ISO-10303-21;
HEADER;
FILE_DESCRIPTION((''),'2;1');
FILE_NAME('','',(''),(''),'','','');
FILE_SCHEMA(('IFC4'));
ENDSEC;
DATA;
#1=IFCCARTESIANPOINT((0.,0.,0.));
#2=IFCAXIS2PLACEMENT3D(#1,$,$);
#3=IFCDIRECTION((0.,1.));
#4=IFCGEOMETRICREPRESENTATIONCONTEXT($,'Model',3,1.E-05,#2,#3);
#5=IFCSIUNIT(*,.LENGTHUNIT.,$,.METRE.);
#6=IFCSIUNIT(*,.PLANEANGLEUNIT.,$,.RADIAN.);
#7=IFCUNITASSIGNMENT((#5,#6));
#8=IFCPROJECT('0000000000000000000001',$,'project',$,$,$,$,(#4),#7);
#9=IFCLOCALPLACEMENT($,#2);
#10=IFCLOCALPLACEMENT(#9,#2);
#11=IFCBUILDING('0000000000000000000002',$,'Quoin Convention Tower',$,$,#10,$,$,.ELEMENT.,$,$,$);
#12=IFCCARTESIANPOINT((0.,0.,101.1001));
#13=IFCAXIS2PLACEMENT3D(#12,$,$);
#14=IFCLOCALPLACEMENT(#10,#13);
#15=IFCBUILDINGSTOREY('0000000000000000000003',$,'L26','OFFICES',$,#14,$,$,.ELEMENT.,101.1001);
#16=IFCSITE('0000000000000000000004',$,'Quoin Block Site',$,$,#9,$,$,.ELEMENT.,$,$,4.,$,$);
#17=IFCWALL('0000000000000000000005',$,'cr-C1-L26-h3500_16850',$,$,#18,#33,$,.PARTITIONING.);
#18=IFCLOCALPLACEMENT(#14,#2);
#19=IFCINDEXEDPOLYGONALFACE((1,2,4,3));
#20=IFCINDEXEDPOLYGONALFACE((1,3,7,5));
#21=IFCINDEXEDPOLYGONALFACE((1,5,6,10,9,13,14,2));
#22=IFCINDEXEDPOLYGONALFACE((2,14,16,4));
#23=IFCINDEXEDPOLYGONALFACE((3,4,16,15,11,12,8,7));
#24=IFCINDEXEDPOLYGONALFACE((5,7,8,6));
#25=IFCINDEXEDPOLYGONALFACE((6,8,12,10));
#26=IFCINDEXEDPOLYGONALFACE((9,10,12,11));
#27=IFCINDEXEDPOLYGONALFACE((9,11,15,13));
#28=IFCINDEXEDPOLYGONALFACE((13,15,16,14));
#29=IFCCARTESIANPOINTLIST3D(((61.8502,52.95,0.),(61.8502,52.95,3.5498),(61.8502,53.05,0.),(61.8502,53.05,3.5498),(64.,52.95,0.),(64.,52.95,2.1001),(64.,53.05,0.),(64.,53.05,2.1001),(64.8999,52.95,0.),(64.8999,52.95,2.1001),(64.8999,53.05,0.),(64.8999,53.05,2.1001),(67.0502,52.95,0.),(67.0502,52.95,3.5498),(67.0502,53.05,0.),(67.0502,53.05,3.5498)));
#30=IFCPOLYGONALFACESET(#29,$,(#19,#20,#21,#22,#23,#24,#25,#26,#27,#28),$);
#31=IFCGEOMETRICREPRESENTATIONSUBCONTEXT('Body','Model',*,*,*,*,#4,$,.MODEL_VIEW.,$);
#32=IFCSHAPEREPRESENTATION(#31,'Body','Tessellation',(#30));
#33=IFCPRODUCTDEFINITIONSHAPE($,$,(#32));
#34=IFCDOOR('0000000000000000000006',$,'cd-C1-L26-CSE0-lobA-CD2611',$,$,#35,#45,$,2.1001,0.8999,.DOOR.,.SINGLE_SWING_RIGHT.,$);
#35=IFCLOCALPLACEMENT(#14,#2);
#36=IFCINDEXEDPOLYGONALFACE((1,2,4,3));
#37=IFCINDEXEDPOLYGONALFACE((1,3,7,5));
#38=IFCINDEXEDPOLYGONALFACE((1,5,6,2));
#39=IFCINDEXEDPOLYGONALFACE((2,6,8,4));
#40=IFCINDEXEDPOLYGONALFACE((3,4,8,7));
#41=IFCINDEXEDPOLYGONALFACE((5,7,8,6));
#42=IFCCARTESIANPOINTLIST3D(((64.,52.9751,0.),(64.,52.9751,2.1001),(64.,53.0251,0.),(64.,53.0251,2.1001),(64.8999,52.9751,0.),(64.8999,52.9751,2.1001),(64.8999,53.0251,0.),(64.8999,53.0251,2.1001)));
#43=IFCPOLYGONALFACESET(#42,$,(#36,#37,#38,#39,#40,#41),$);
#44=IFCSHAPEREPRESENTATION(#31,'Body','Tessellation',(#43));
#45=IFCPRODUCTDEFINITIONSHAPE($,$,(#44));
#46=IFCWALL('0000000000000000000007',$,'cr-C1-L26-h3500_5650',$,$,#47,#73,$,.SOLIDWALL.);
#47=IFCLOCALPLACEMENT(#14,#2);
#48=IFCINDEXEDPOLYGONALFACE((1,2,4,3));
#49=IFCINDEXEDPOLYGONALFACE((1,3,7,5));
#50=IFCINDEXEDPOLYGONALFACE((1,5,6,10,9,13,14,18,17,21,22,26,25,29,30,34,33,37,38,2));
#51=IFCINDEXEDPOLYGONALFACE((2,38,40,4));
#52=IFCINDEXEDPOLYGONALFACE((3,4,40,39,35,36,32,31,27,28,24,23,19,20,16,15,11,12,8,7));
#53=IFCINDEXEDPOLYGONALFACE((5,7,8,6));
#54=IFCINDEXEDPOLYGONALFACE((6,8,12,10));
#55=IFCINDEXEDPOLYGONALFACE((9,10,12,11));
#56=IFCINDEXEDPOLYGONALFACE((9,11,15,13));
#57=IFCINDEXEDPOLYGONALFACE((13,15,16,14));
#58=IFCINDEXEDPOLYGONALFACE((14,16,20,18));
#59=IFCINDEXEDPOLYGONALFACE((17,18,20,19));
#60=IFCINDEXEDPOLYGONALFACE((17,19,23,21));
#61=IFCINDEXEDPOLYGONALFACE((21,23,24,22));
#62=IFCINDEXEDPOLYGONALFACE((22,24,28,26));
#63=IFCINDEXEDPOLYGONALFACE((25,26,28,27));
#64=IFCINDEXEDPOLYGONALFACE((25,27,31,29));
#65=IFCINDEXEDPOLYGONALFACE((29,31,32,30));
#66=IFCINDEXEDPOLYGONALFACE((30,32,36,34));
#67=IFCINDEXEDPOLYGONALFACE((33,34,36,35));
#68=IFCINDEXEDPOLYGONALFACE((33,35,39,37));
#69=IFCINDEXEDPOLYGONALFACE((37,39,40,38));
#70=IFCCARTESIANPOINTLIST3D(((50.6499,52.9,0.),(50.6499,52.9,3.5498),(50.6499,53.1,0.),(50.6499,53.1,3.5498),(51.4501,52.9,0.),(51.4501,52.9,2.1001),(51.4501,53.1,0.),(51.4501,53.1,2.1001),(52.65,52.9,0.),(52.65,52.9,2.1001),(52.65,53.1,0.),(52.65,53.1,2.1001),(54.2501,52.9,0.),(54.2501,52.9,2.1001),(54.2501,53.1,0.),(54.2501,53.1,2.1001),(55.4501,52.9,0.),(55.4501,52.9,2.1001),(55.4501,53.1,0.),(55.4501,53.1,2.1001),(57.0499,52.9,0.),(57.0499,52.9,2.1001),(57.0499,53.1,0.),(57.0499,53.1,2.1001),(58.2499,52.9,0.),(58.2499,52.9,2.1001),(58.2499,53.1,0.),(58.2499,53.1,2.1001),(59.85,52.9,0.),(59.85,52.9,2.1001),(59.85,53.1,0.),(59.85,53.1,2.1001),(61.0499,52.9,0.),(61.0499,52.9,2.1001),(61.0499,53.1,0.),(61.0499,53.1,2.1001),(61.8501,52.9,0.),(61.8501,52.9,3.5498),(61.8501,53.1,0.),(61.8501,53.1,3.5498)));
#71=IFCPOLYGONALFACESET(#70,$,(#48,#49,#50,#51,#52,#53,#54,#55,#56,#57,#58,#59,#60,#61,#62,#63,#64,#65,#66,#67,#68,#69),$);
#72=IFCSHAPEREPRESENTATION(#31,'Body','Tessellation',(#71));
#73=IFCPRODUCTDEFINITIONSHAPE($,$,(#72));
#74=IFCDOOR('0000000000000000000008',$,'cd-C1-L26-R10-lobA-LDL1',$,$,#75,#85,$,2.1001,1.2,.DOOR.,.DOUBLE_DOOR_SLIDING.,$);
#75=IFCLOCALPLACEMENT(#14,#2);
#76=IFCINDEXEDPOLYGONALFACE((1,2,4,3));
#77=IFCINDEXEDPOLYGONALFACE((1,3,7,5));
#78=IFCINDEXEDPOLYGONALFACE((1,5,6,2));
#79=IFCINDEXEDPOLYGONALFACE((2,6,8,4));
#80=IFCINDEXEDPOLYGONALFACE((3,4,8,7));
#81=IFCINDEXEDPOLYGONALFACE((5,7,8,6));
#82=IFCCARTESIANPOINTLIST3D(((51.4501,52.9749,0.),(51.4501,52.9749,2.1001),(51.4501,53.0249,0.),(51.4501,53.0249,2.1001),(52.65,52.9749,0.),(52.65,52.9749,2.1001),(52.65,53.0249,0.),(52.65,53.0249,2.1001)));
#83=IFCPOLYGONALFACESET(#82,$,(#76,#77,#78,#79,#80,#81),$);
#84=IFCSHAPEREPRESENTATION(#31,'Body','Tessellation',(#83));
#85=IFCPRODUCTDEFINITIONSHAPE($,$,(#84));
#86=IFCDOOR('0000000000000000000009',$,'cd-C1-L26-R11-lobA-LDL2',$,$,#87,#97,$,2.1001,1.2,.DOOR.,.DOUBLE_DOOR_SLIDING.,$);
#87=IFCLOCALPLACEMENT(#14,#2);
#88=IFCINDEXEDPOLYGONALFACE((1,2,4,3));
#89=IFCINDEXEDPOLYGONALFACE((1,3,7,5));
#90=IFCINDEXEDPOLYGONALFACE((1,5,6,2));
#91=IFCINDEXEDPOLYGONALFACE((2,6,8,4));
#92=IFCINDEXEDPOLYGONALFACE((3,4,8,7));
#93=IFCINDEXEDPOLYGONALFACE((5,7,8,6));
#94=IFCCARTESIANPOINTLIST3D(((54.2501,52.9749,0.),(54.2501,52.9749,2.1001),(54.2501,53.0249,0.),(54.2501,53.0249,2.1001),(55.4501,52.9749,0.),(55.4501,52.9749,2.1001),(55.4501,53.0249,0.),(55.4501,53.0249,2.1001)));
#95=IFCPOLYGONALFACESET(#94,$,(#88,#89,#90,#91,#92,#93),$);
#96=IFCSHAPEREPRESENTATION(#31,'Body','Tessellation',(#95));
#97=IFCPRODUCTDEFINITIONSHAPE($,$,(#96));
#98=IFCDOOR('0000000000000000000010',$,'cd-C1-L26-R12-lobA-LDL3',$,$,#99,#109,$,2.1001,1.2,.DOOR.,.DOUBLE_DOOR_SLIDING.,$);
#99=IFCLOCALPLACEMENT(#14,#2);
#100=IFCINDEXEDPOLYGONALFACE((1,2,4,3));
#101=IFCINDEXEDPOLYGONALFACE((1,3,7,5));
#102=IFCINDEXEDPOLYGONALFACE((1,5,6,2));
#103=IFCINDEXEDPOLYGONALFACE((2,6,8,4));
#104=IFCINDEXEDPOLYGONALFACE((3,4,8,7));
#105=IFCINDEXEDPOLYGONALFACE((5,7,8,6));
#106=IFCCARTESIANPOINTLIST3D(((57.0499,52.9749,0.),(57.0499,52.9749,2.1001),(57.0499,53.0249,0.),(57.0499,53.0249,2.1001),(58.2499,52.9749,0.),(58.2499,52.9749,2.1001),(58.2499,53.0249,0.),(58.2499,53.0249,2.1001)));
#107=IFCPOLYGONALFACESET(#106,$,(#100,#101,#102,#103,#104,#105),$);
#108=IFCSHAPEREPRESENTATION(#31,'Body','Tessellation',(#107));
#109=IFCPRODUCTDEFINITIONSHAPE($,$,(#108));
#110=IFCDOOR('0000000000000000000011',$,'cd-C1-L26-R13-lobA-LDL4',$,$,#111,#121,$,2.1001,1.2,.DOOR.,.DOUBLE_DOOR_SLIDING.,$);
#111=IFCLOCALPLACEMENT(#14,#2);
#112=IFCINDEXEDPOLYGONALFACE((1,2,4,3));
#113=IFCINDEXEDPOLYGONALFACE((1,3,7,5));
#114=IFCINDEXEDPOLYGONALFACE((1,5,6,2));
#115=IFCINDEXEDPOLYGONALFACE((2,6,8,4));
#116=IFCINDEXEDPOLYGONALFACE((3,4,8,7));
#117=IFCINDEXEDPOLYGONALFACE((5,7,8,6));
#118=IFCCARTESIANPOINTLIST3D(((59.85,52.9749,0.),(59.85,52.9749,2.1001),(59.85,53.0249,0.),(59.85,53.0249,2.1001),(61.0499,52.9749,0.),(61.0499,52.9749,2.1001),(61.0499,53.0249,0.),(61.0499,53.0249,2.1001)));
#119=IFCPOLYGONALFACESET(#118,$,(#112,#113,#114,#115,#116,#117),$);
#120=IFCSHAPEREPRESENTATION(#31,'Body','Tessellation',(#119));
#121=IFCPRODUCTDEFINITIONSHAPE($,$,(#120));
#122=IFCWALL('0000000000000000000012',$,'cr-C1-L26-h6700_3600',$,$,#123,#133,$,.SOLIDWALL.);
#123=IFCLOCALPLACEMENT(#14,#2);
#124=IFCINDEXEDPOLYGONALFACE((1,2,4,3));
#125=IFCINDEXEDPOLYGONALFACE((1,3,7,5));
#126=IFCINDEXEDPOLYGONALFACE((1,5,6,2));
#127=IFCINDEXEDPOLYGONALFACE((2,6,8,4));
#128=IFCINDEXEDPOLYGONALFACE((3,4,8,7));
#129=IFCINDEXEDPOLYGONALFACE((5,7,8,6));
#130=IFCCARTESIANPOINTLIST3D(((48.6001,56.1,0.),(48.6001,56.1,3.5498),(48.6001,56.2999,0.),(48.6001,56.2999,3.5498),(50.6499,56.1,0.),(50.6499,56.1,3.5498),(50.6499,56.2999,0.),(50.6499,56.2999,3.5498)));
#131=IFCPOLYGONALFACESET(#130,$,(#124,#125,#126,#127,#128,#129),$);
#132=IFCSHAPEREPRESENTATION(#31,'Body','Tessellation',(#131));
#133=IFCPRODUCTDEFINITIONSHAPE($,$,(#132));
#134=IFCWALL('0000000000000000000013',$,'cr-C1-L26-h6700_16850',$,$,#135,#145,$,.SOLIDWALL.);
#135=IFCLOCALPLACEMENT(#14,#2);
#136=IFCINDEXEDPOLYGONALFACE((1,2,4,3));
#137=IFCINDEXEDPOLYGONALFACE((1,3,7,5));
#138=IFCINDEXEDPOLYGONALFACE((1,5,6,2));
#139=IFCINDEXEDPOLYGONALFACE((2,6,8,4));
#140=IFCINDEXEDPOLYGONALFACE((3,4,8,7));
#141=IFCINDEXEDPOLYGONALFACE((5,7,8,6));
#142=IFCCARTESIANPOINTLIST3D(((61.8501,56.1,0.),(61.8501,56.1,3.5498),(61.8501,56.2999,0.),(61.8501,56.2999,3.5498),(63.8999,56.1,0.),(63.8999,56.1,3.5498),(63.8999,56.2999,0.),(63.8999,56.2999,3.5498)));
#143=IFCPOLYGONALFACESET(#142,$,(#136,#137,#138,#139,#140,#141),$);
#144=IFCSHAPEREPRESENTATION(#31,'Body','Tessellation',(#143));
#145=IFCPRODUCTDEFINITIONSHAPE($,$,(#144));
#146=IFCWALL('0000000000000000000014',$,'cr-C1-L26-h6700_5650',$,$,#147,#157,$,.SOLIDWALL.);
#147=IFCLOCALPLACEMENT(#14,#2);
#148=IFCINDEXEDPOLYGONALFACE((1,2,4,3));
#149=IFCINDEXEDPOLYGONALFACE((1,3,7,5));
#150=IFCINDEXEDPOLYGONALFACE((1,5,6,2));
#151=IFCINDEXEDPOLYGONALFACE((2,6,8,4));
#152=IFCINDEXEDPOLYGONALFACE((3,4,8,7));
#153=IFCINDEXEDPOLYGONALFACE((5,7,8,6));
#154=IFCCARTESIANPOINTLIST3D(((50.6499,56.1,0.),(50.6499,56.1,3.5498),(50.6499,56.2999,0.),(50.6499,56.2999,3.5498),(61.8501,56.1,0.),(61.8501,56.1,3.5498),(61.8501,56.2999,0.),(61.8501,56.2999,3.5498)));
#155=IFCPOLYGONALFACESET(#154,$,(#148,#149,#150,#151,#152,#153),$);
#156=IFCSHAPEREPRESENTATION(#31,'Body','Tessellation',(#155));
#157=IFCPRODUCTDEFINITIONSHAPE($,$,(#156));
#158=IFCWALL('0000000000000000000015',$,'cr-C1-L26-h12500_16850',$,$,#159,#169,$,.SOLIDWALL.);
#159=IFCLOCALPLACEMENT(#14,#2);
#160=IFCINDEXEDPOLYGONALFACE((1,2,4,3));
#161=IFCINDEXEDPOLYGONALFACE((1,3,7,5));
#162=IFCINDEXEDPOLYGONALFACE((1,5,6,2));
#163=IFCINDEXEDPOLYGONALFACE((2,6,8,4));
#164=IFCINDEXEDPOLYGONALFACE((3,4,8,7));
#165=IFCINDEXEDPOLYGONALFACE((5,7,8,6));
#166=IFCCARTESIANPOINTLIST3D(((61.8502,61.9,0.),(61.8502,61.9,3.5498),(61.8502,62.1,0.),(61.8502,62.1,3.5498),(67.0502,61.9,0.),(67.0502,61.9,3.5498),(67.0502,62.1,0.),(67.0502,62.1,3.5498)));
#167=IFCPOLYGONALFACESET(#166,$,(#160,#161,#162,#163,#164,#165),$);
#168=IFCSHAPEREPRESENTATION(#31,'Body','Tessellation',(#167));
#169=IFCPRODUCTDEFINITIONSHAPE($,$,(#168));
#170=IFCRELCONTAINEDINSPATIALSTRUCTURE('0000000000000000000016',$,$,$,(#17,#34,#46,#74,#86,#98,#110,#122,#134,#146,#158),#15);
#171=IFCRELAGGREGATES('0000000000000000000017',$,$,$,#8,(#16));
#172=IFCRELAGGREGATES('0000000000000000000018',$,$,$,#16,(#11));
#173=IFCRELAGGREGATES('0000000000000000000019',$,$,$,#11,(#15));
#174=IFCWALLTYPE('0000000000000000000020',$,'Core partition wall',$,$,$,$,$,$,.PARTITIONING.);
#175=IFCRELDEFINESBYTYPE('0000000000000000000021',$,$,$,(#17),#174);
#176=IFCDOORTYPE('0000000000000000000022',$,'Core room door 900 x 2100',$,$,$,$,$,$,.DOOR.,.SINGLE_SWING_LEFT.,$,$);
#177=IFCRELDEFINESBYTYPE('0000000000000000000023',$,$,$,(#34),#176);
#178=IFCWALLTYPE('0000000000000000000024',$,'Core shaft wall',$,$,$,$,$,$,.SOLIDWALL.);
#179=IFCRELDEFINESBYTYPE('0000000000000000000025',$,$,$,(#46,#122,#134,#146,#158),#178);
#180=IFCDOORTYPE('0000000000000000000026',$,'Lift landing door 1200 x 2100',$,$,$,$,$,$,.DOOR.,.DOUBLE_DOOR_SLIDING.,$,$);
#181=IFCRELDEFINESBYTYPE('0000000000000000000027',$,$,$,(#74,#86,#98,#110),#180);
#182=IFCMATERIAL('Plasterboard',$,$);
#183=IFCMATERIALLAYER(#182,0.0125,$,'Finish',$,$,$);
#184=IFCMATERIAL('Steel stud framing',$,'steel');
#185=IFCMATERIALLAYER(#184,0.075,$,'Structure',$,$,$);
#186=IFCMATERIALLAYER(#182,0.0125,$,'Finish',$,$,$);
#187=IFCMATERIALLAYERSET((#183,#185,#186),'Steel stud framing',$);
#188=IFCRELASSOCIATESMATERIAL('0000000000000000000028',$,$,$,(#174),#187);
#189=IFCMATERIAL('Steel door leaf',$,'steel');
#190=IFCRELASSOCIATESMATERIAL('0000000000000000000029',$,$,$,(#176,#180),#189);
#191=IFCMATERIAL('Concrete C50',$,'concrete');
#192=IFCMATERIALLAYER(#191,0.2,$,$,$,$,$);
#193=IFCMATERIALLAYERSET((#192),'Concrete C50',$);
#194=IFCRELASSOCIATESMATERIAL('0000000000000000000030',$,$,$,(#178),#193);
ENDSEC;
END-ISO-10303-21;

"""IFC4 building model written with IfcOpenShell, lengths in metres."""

from ifc_helpers import new_model, si_unit, direction, frame, frame_2d, origin, place, context, subcontext, project, spatial, rectangle, extrude, material, layer, layer_set, type_object, element, fill, save


model = new_model("IFC4")

# Units and contexts
model_context = context("Model", 3, precision=1e-05, world=origin(), true_north=direction((0.0, 1.0)))
body_context = subcontext(model_context, "Body", "Model", "MODEL_VIEW")
ifc_project = project(units=[si_unit("LENGTHUNIT", "METRE"), si_unit("PLANEANGLEUNIT", "RADIAN")], contexts=[model_context])

# Site, building, storey
site_placement = place(None, origin())
site = spatial("IfcSite", under=ifc_project, at=site_placement, Name="Quoin Block Site", CompositionType="ELEMENT", RefElevation=4.0)
building_placement = place(site_placement, origin())
building = spatial("IfcBuilding", under=site, at=building_placement, Name="Quoin Convention Tower", CompositionType="ELEMENT")
storey_placement = place(building_placement, frame((0.0, 0.0, 101.1001)))
storey = spatial("IfcBuildingStorey", under=building, at=storey_placement, Name="L26", Description="OFFICES", CompositionType="ELEMENT", Elevation=101.1001)

# Wall, opening, door
ifc_material_1 = material(Name="Plasterboard")
ifc_layer_1 = layer(ifc_material_1, 0.0125, Name="Finish")
ifc_material_2 = material(Name="Steel stud framing", Category="steel")
ifc_layer_2 = layer(ifc_material_2, 0.075, Name="Structure")
ifc_layer_3 = layer(ifc_material_1, 0.0125, Name="Finish")
ifc_layer_set_1 = layer_set([ifc_layer_1, ifc_layer_2, ifc_layer_3], Name="Steel stud framing")
wall_type_1 = type_object("IfcWallType", Name="Core partition wall", PredefinedType="PARTITIONING", material=ifc_layer_set_1)
wall_1_placement = place(storey_placement, frame((61.8501, 53.0, 0.0), z_axis=(0.0, 0.0, 1.0), x_axis=(1.0, 0.0, 0.0)))
wall_1 = element("IfcWall", 1, at=wall_1_placement, inside=storey, type_object=wall_type_1, Name="cr-C1-L26-h3500_16850", PredefinedType="PARTITIONING", context=body_context, shape_type="SweptSolid", body=[
    extrude(rectangle(XDim=5.2, YDim=0.1001, at=frame_2d((2.6001, 0.0))), origin(), (0.0, 0.0, 1.0), 3.5498),
])
opening_1_placement = place(wall_1_placement, frame((2.1499, 0.0, 0.0)))
opening_1 = element("IfcOpeningElement", 2, at=opening_1_placement, cuts=wall_1, PredefinedType="OPENING", context=body_context, shape_type="SweptSolid", body=[
    extrude(rectangle(XDim=0.8999, YDim=2.1001, at=frame_2d((0.45, 1.05))), frame((0.0, 0.0601, 0.0), z_axis=(0.0, -1.0, 0.0), x_axis=(1.0, 0.0, 0.0)), (0.0, 0.0, 1.0), 0.1201),
])
ifc_material_3 = material(Name="Steel door leaf", Category="steel")
door_type_1 = type_object("IfcDoorType", Name="Core room door 900 x 2100", OperationType="SINGLE_SWING_LEFT", PredefinedType="DOOR", material=ifc_material_3)
door_1_placement = place(opening_1_placement, frame((0.8999, 0.0, 0.0), z_axis=(0.0, 0.0, 1.0), x_axis=(-1.0, 0.0, 0.0)))
door_1 = element("IfcDoor", 3, at=door_1_placement, inside=storey, type_object=door_type_1, Name="cd-C1-L26-CSE0-lobA-CD2611", OperationType="SINGLE_SWING_RIGHT", OverallHeight=2.1001, OverallWidth=0.8999, PredefinedType="DOOR", context=body_context, shape_type="SweptSolid", body=[
    extrude(rectangle(XDim=0.8999, YDim=2.1001, at=frame_2d((0.45, 1.05))), frame((0.0, 0.0249, 0.0), z_axis=(0.0, -1.0, 0.0), x_axis=(1.0, 0.0, 0.0)), (0.0, 0.0, 1.0), 0.05),
])
fill(opening_1, door_1)

# Wall, openings, doors
ifc_material_4 = material(Name="Concrete C50", Category="concrete")
ifc_layer_4 = layer(ifc_material_4, 0.2)
ifc_layer_set_2 = layer_set([ifc_layer_4], Name="Concrete C50")
wall_type_2 = type_object("IfcWallType", Name="Core shaft wall", PredefinedType="SOLIDWALL", material=ifc_layer_set_2)
wall_2_placement = place(storey_placement, frame((50.6499, 53.0, 0.0), z_axis=(0.0, 0.0, 1.0), x_axis=(1.0, 0.0, 0.0)))
wall_2 = element("IfcWall", 4, at=wall_2_placement, inside=storey, type_object=wall_type_2, Name="cr-C1-L26-h3500_5650", PredefinedType="SOLIDWALL", context=body_context, shape_type="SweptSolid", body=[
    extrude(rectangle(XDim=11.2002, YDim=0.2, at=frame_2d((5.6001, 0.0))), origin(), (0.0, 0.0, 1.0), 3.5498),
])
opening_2_placement = place(wall_2_placement, frame((0.8, 0.0, 0.0)))
opening_2 = element("IfcOpeningElement", 5, at=opening_2_placement, cuts=wall_2, PredefinedType="OPENING", context=body_context, shape_type="SweptSolid", body=[
    extrude(rectangle(XDim=1.2, YDim=2.1001, at=frame_2d((0.6001, 1.05))), frame((0.0, 0.1099, 0.0), z_axis=(0.0, -1.0, 0.0), x_axis=(1.0, 0.0, 0.0)), (0.0, 0.0, 1.0), 0.22),
])
opening_3_placement = place(wall_2_placement, frame((3.6001, 0.0, 0.0)))
opening_3 = element("IfcOpeningElement", 6, at=opening_3_placement, cuts=wall_2, PredefinedType="OPENING", context=body_context, shape_type="SweptSolid", body=[
    extrude(rectangle(XDim=1.2, YDim=2.1001, at=frame_2d((0.6001, 1.05))), frame((0.0, 0.1099, 0.0), z_axis=(0.0, -1.0, 0.0), x_axis=(1.0, 0.0, 0.0)), (0.0, 0.0, 1.0), 0.22),
])
opening_4_placement = place(wall_2_placement, frame((6.3999, 0.0, 0.0)))
opening_4 = element("IfcOpeningElement", 7, at=opening_4_placement, cuts=wall_2, PredefinedType="OPENING", context=body_context, shape_type="SweptSolid", body=[
    extrude(rectangle(XDim=1.2, YDim=2.1001, at=frame_2d((0.6001, 1.05))), frame((0.0, 0.1099, 0.0), z_axis=(0.0, -1.0, 0.0), x_axis=(1.0, 0.0, 0.0)), (0.0, 0.0, 1.0), 0.22),
])
opening_5_placement = place(wall_2_placement, frame((9.2, 0.0, 0.0)))
opening_5 = element("IfcOpeningElement", 8, at=opening_5_placement, cuts=wall_2, PredefinedType="OPENING", context=body_context, shape_type="SweptSolid", body=[
    extrude(rectangle(XDim=1.2, YDim=2.1001, at=frame_2d((0.6001, 1.05))), frame((0.0, 0.1099, 0.0), z_axis=(0.0, -1.0, 0.0), x_axis=(1.0, 0.0, 0.0)), (0.0, 0.0, 1.0), 0.22),
])
door_type_2 = type_object("IfcDoorType", Name="Lift landing door 1200 x 2100", OperationType="DOUBLE_DOOR_SLIDING", PredefinedType="DOOR", material=ifc_material_3)
door_2_placement = place(opening_2_placement, origin())
door_2 = element("IfcDoor", 9, at=door_2_placement, inside=storey, type_object=door_type_2, Name="cd-C1-L26-R10-lobA-LDL1", OperationType="DOUBLE_DOOR_SLIDING", OverallHeight=2.1001, OverallWidth=1.2, PredefinedType="DOOR", context=body_context, shape_type="SweptSolid", body=[
    extrude(rectangle(XDim=1.2, YDim=2.1001, at=frame_2d((0.6001, 1.05))), frame((0.0, 0.0249, 0.0), z_axis=(0.0, -1.0, 0.0), x_axis=(1.0, 0.0, 0.0)), (0.0, 0.0, 1.0), 0.05),
])
fill(opening_2, door_2)
door_3_placement = place(opening_3_placement, origin())
door_3 = element("IfcDoor", 10, at=door_3_placement, inside=storey, type_object=door_type_2, Name="cd-C1-L26-R11-lobA-LDL2", OperationType="DOUBLE_DOOR_SLIDING", OverallHeight=2.1001, OverallWidth=1.2, PredefinedType="DOOR", context=body_context, shape_type="SweptSolid", body=[
    extrude(rectangle(XDim=1.2, YDim=2.1001, at=frame_2d((0.6001, 1.05))), frame((0.0, 0.0249, 0.0), z_axis=(0.0, -1.0, 0.0), x_axis=(1.0, 0.0, 0.0)), (0.0, 0.0, 1.0), 0.05),
])
fill(opening_3, door_3)
door_4_placement = place(opening_4_placement, origin())
door_4 = element("IfcDoor", 11, at=door_4_placement, inside=storey, type_object=door_type_2, Name="cd-C1-L26-R12-lobA-LDL3", OperationType="DOUBLE_DOOR_SLIDING", OverallHeight=2.1001, OverallWidth=1.2, PredefinedType="DOOR", context=body_context, shape_type="SweptSolid", body=[
    extrude(rectangle(XDim=1.2, YDim=2.1001, at=frame_2d((0.6001, 1.05))), frame((0.0, 0.0249, 0.0), z_axis=(0.0, -1.0, 0.0), x_axis=(1.0, 0.0, 0.0)), (0.0, 0.0, 1.0), 0.05),
])
fill(opening_4, door_4)
door_5_placement = place(opening_5_placement, origin())
door_5 = element("IfcDoor", 12, at=door_5_placement, inside=storey, type_object=door_type_2, Name="cd-C1-L26-R13-lobA-LDL4", OperationType="DOUBLE_DOOR_SLIDING", OverallHeight=2.1001, OverallWidth=1.2, PredefinedType="DOOR", context=body_context, shape_type="SweptSolid", body=[
    extrude(rectangle(XDim=1.2, YDim=2.1001, at=frame_2d((0.6001, 1.05))), frame((0.0, 0.0249, 0.0), z_axis=(0.0, -1.0, 0.0), x_axis=(1.0, 0.0, 0.0)), (0.0, 0.0, 1.0), 0.05),
])
fill(opening_5, door_5)

# Walls
for number, where, z_axis, x_axis, name in (
    (13, (48.6001, 56.2, 0.0), (0.0, 0.0, 1.0), (1.0, 0.0, 0.0), "cr-C1-L26-h6700_3600"),
    (14, (61.8501, 56.2, 0.0), (0.0, 0.0, 1.0), (1.0, 0.0, 0.0), "cr-C1-L26-h6700_16850"),
):
    element("IfcWall", number, at=place(storey_placement, frame(where, z_axis=z_axis, x_axis=x_axis)), inside=storey, type_object=wall_type_2, Name=name, PredefinedType="SOLIDWALL", context=body_context, shape_type="SweptSolid", body=[
        extrude(rectangle(XDim=2.0498, YDim=0.2, at=frame_2d((1.0249, 0.0))), origin(), (0.0, 0.0, 1.0), 3.5498),
    ])
wall_3_placement = place(storey_placement, frame((50.6499, 56.2, 0.0), z_axis=(0.0, 0.0, 1.0), x_axis=(1.0, 0.0, 0.0)))
element("IfcWall", 15, at=wall_3_placement, inside=storey, type_object=wall_type_2, Name="cr-C1-L26-h6700_5650", PredefinedType="SOLIDWALL", context=body_context, shape_type="SweptSolid", body=[
    extrude(rectangle(XDim=11.2002, YDim=0.2, at=frame_2d((5.6001, 0.0))), origin(), (0.0, 0.0, 1.0), 3.5498),
])
wall_4_placement = place(storey_placement, frame((61.8501, 62.0, 0.0), z_axis=(0.0, 0.0, 1.0), x_axis=(1.0, 0.0, 0.0)))
element("IfcWall", 16, at=wall_4_placement, inside=storey, type_object=wall_type_2, Name="cr-C1-L26-h12500_16850", PredefinedType="SOLIDWALL", context=body_context, shape_type="SweptSolid", body=[
    extrude(rectangle(XDim=5.2, YDim=0.2, at=frame_2d((2.6001, 0.0))), origin(), (0.0, 0.0, 1.0), 3.5498),
])

save(model, "model.ifc")
